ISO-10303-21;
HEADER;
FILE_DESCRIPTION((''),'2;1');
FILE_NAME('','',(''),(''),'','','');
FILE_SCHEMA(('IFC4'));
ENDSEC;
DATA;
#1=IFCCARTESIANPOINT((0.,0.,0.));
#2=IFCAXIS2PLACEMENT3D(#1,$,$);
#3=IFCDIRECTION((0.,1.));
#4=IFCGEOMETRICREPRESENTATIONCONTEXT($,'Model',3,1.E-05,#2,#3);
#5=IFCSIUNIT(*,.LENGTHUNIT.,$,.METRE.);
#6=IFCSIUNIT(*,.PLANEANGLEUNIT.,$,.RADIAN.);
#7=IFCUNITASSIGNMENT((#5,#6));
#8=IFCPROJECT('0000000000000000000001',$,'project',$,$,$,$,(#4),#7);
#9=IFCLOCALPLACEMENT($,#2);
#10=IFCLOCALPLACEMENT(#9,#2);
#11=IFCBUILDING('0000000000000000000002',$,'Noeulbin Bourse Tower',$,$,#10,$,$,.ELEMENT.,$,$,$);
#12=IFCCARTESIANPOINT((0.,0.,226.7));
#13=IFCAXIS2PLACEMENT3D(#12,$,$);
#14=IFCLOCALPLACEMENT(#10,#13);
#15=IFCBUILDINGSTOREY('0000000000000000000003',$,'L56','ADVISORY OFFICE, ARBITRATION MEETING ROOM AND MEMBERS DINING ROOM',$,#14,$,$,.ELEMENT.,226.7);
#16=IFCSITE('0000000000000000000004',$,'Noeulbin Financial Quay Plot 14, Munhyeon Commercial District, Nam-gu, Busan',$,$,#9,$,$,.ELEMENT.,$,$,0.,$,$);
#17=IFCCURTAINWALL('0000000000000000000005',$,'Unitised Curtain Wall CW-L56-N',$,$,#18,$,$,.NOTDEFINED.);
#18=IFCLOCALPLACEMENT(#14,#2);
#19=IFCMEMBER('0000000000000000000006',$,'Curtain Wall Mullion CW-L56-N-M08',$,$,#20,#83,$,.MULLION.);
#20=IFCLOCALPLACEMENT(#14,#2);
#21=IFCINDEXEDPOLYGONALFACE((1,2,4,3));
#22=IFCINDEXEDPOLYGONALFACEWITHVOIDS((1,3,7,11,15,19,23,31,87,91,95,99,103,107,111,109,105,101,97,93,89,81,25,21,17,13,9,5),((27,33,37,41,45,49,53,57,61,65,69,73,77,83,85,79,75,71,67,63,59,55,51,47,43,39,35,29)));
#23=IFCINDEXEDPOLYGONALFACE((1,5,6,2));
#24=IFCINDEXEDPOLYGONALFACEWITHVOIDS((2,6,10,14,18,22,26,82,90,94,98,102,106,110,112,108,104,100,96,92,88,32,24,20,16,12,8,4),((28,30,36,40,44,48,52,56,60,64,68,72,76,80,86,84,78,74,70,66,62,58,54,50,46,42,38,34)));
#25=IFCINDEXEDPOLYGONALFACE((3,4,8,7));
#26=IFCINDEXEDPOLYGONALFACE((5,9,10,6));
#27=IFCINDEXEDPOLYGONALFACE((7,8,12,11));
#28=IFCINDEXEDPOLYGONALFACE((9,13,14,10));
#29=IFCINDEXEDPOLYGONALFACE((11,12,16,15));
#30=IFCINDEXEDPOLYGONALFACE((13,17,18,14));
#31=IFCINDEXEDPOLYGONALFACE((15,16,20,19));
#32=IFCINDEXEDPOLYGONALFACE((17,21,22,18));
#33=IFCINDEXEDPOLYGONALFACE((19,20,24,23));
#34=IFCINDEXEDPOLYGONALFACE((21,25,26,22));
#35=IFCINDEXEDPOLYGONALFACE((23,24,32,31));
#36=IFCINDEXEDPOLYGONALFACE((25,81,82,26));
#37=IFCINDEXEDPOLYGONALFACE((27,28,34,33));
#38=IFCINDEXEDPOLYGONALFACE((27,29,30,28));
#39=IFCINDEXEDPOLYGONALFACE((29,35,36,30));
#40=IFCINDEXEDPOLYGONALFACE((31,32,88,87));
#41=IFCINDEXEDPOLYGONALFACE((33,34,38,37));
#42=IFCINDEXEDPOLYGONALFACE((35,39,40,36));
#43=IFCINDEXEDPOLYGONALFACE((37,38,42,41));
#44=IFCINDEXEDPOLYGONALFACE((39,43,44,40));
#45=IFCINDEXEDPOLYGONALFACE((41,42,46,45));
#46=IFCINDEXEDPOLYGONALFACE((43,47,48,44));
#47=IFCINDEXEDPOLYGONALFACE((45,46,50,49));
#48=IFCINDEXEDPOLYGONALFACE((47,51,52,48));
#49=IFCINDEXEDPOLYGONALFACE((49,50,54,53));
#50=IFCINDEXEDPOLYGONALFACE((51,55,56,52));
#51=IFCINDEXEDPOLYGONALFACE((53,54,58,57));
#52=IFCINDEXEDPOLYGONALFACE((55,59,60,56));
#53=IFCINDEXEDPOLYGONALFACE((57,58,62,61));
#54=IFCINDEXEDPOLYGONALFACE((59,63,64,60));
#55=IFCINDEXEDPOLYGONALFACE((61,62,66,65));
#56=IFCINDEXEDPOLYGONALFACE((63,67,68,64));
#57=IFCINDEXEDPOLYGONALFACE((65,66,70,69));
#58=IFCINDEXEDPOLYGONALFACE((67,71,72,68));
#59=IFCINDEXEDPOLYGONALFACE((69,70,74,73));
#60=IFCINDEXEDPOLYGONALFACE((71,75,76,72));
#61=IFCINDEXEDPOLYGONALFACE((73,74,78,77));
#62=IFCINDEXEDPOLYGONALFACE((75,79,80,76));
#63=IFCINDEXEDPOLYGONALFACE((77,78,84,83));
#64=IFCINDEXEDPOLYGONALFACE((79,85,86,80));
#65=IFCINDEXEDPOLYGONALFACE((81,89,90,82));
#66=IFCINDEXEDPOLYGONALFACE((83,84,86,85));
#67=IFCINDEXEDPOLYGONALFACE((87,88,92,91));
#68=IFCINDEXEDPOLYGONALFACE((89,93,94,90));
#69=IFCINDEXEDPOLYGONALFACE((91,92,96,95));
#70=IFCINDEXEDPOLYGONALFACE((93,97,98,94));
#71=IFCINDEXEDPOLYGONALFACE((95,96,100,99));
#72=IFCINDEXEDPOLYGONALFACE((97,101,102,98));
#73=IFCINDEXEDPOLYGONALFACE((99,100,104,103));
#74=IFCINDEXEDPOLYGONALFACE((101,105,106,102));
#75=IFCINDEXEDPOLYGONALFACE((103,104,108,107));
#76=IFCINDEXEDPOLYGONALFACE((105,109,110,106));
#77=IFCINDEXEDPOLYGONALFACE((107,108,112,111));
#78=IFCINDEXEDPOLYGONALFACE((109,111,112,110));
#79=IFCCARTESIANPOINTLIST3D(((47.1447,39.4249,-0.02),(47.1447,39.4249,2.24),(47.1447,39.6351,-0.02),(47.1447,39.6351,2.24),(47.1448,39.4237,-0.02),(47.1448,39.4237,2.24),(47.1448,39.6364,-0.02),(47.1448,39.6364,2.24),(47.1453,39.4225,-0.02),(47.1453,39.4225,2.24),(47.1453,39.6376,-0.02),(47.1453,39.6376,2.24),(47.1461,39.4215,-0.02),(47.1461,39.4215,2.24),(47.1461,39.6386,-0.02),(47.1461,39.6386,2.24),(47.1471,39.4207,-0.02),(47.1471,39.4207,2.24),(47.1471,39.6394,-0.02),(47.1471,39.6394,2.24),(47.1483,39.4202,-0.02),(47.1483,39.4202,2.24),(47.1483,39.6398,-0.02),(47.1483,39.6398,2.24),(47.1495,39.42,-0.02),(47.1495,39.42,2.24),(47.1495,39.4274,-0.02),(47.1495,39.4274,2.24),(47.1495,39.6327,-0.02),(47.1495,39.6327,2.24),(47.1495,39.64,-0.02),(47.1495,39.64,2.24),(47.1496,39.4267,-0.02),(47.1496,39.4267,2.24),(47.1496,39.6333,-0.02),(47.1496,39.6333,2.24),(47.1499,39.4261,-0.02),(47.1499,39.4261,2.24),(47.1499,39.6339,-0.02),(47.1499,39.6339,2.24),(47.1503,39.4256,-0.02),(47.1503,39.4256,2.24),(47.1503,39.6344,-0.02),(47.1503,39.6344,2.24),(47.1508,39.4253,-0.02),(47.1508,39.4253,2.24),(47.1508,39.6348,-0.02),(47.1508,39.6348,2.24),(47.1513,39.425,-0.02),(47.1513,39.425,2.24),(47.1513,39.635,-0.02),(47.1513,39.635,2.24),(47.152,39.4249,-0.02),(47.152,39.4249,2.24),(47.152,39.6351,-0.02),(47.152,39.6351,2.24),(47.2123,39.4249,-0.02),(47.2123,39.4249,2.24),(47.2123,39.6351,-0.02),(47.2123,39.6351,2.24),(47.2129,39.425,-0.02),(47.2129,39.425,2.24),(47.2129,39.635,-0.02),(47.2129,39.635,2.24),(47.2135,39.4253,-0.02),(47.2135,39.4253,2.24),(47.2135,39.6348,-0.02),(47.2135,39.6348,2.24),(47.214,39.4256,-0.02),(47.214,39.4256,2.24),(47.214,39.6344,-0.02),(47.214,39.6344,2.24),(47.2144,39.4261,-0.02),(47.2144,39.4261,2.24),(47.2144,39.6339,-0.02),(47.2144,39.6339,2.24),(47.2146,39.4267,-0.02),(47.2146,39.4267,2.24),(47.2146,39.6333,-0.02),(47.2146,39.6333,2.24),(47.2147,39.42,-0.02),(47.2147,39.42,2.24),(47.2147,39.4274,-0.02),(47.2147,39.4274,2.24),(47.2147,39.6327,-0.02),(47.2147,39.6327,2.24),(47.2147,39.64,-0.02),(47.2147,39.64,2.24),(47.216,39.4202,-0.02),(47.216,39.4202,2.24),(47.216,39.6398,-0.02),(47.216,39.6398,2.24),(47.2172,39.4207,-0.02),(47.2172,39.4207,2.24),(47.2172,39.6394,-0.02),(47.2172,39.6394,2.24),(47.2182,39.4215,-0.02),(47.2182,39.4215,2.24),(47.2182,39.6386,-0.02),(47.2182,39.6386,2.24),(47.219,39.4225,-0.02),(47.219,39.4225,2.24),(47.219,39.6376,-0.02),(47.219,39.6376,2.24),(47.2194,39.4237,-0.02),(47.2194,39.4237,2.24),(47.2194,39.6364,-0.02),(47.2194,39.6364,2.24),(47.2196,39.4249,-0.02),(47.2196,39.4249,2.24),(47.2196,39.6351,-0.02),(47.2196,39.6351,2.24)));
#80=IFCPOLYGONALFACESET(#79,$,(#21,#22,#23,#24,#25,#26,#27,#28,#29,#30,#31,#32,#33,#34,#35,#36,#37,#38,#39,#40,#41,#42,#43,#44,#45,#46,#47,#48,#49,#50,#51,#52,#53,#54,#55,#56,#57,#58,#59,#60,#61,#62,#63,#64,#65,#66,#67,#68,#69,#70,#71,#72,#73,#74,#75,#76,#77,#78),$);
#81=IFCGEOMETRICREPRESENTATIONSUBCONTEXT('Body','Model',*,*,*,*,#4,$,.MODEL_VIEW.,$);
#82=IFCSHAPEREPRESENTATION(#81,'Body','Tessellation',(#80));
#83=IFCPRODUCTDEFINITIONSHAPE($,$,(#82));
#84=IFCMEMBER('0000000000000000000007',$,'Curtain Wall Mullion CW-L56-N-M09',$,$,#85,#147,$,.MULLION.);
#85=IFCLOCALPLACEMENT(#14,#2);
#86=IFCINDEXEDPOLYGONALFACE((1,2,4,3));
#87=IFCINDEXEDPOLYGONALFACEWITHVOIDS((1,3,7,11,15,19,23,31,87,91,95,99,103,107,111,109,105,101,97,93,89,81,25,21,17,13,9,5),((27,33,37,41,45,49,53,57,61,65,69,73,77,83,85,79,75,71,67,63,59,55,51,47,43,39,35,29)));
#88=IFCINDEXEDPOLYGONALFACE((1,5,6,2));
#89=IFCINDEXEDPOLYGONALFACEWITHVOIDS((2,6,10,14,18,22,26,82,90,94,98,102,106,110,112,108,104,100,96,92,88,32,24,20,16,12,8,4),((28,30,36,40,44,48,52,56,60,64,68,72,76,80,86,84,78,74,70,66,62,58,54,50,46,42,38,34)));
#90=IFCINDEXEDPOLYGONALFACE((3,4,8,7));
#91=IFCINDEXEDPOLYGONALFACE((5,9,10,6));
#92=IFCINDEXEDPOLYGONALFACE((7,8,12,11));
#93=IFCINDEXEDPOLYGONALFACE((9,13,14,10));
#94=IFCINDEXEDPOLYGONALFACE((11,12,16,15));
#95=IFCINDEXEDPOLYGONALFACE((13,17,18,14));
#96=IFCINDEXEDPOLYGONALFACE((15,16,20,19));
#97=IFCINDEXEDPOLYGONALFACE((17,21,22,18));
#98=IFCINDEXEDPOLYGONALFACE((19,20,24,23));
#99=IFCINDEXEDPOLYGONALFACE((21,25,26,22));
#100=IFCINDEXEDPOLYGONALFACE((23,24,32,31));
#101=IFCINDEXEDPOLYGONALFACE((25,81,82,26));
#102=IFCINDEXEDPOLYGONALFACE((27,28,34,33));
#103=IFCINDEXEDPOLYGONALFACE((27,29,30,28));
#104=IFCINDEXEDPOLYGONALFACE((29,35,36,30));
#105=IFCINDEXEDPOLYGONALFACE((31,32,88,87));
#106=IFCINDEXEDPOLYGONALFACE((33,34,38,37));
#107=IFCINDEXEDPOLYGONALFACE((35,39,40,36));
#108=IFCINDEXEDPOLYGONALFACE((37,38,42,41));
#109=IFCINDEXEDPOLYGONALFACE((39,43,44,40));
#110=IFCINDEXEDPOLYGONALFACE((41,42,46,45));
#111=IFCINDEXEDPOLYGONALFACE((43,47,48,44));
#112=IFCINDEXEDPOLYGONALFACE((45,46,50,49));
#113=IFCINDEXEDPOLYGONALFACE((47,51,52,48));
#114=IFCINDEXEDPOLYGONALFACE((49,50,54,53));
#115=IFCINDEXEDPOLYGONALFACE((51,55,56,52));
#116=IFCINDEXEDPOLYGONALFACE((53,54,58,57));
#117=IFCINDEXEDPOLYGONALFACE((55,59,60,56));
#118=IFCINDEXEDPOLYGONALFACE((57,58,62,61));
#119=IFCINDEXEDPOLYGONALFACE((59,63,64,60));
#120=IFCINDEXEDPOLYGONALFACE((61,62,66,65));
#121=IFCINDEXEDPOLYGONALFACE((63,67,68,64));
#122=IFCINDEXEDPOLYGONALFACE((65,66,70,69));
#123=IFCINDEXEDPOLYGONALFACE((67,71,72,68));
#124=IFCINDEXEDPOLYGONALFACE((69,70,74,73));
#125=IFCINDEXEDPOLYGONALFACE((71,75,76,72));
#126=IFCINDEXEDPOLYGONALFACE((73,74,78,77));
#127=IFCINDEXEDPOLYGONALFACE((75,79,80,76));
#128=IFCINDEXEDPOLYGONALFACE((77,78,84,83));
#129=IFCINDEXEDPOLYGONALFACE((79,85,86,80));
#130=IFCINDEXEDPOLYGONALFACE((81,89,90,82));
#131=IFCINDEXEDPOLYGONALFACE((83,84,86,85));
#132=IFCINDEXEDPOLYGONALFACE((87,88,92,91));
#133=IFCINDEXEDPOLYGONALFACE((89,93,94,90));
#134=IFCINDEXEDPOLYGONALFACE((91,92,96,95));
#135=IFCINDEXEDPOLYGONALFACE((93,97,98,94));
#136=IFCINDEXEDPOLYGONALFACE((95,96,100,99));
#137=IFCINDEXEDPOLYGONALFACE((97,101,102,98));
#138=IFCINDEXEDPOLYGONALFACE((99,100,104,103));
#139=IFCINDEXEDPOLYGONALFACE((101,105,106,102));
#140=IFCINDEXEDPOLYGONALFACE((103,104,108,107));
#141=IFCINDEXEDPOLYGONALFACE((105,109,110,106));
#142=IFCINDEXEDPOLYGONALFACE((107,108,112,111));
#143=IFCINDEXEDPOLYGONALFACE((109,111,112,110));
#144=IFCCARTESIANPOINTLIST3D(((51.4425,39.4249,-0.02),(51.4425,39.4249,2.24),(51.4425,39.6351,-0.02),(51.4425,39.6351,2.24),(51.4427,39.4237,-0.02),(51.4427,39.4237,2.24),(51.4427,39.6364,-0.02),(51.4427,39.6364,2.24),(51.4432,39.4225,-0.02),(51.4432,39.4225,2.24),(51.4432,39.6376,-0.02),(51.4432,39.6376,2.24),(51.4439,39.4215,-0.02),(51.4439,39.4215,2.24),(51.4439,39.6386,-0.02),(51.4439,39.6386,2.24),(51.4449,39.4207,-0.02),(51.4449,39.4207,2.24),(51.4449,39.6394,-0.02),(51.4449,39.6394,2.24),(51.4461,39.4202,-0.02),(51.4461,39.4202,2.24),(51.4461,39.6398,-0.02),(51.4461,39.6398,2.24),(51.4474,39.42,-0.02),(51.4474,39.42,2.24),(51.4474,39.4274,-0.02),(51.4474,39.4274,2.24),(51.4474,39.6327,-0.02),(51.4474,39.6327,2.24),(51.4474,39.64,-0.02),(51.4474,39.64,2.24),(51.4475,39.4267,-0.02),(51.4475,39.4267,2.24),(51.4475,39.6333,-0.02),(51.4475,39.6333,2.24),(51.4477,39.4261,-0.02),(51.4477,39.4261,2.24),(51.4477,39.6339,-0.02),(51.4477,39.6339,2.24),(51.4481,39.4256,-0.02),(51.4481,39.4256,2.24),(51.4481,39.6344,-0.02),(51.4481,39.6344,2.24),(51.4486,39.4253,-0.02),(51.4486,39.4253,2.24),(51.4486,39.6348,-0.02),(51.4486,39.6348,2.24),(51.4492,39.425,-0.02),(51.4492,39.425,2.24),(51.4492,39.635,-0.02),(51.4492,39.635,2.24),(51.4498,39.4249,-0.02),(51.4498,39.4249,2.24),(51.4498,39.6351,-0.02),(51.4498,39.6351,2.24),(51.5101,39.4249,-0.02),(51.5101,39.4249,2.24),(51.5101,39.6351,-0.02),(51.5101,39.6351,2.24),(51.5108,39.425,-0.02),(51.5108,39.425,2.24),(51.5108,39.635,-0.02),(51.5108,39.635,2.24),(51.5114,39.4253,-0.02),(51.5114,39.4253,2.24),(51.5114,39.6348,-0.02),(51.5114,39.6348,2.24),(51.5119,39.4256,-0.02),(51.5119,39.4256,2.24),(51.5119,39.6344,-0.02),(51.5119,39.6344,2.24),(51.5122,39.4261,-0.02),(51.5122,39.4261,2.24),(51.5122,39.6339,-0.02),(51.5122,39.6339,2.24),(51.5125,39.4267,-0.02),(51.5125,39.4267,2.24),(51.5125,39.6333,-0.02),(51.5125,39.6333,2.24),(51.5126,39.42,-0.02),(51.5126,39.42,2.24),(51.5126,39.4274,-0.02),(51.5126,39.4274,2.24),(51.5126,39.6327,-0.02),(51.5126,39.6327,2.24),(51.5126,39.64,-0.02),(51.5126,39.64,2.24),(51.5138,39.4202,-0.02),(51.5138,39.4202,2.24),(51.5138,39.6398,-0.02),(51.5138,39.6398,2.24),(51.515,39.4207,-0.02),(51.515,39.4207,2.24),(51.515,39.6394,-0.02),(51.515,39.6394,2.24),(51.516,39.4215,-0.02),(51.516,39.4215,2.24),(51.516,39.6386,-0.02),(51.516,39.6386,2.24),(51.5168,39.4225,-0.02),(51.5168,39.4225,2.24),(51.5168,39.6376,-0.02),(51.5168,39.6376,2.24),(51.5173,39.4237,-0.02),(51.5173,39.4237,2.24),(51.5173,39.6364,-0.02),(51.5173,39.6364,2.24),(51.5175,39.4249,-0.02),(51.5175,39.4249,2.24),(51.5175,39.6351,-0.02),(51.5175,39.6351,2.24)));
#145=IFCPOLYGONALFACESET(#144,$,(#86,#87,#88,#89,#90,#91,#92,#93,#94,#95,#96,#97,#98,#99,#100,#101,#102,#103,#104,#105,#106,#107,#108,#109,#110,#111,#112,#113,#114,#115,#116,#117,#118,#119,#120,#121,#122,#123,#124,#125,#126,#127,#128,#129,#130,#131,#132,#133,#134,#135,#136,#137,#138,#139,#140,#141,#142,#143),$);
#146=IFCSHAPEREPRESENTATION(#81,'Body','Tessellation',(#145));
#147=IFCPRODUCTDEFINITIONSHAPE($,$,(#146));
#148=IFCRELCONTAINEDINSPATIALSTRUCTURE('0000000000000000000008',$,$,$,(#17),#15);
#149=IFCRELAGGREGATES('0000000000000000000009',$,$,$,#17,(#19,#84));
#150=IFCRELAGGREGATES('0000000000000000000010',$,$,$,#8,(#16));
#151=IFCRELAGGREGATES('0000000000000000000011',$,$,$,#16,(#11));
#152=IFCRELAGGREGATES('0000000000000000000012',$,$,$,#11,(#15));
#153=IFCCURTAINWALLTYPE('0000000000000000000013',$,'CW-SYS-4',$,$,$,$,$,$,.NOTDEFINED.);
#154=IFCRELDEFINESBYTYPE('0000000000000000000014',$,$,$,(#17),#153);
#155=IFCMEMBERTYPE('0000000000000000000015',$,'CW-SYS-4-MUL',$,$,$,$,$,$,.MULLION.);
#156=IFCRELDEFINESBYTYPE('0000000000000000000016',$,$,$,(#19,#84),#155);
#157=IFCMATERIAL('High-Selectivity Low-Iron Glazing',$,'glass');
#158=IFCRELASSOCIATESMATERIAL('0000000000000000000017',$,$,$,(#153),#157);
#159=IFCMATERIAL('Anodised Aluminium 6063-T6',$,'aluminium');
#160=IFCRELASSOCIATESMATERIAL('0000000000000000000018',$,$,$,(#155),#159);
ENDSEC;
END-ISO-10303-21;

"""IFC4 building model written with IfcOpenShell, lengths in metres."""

from ifc_helpers import new_model, si_unit, direction, frame, origin, origin_2d, place, context, subcontext, project, spatial, hollow_rectangle, extrude, material, material_profile, profile_set, type_object, element, aggregate, save


model = new_model("IFC4")

# Units and contexts
model_context = context("Model", 3, precision=1e-05, world=origin(), true_north=direction((0.0, 1.0)))
body_context = subcontext(model_context, "Body", "Model", "MODEL_VIEW")
ifc_project = project(units=[si_unit("LENGTHUNIT", "METRE"), si_unit("PLANEANGLEUNIT", "RADIAN")], contexts=[model_context])

# Site, building, storey
site_placement = place(None, origin())
site = spatial("IfcSite", under=ifc_project, at=site_placement, Name="Noeulbin Financial Quay Plot 14, Munhyeon Commercial District, Nam-gu, Busan", CompositionType="ELEMENT", RefElevation=0.0)
building_placement = place(site_placement, origin())
building = spatial("IfcBuilding", under=site, at=building_placement, Name="Noeulbin Bourse Tower", CompositionType="ELEMENT")
storey_placement = place(building_placement, frame((0.0, 0.0, 226.7)))
storey = spatial("IfcBuildingStorey", under=building, at=storey_placement, Name="L56", Description="ADVISORY OFFICE, ARBITRATION MEETING ROOM AND MEMBERS DINING ROOM", CompositionType="ELEMENT", Elevation=226.7)

# Curtain wall, members
ifc_material_1 = material(Name="High-Selectivity Low-Iron Glazing", Category="glass")
curtain_wall_type = type_object("IfcCurtainWallType", Name="CW-SYS-4", PredefinedType="NOTDEFINED", material=ifc_material_1)
curtain_wall_1_placement = place(storey_placement, origin())
curtain_wall_1 = element("IfcCurtainWall", 1, at=curtain_wall_1_placement, inside=storey, type_object=curtain_wall_type, Name="Unitised Curtain Wall CW-L56-N", PredefinedType="NOTDEFINED")
ifc_material_2 = material(Name="Anodised Aluminium 6063-T6", Category="aluminium")
ifc_material_profile_1 = material_profile(ifc_material_2, hollow_rectangle(XDim=0.075, YDim=0.22, WallThickness=0.0049, InnerFilletRadius=0.0024, OuterFilletRadius=0.0049, at=origin_2d()), Name="ALU-MULL-75x220x5", Category="LoadBearing")
ifc_profile_set_1 = profile_set([ifc_material_profile_1], Name="Anodised Aluminium 6063-T6")
member_type_1 = type_object("IfcMemberType", Name="CW-SYS-4-MUL", PredefinedType="MULLION", material=ifc_profile_set_1)
member_1_placement = place(storey_placement, frame((47.1821, 39.53, -0.02), z_axis=(0.0, 0.0, 1.0), x_axis=(1.0, 0.0, 0.0)))
member_1 = element("IfcMember", 2, at=member_1_placement, type_object=member_type_1, Name="Curtain Wall Mullion CW-L56-N-M08", PredefinedType="MULLION", context=body_context, shape_type="SweptSolid", body=[
    extrude(hollow_rectangle(XDim=0.075, YDim=0.22, WallThickness=0.0049, InnerFilletRadius=0.0024, OuterFilletRadius=0.0049, at=origin_2d()), origin(), (0.0, 0.0, 1.0), 2.26),
])
member_2_placement = place(storey_placement, frame((51.48, 39.53, -0.02), z_axis=(0.0, 0.0, 1.0), x_axis=(1.0, 0.0, 0.0)))
member_2 = element("IfcMember", 3, at=member_2_placement, type_object=member_type_1, Name="Curtain Wall Mullion CW-L56-N-M09", PredefinedType="MULLION", context=body_context, shape_type="SweptSolid", body=[
    extrude(hollow_rectangle(XDim=0.075, YDim=0.22, WallThickness=0.0049, InnerFilletRadius=0.0024, OuterFilletRadius=0.0049, at=origin_2d()), origin(), (0.0, 0.0, 1.0), 2.26),
])

aggregate(curtain_wall_1, [member_1, member_2])

save(model, "model.ifc")
